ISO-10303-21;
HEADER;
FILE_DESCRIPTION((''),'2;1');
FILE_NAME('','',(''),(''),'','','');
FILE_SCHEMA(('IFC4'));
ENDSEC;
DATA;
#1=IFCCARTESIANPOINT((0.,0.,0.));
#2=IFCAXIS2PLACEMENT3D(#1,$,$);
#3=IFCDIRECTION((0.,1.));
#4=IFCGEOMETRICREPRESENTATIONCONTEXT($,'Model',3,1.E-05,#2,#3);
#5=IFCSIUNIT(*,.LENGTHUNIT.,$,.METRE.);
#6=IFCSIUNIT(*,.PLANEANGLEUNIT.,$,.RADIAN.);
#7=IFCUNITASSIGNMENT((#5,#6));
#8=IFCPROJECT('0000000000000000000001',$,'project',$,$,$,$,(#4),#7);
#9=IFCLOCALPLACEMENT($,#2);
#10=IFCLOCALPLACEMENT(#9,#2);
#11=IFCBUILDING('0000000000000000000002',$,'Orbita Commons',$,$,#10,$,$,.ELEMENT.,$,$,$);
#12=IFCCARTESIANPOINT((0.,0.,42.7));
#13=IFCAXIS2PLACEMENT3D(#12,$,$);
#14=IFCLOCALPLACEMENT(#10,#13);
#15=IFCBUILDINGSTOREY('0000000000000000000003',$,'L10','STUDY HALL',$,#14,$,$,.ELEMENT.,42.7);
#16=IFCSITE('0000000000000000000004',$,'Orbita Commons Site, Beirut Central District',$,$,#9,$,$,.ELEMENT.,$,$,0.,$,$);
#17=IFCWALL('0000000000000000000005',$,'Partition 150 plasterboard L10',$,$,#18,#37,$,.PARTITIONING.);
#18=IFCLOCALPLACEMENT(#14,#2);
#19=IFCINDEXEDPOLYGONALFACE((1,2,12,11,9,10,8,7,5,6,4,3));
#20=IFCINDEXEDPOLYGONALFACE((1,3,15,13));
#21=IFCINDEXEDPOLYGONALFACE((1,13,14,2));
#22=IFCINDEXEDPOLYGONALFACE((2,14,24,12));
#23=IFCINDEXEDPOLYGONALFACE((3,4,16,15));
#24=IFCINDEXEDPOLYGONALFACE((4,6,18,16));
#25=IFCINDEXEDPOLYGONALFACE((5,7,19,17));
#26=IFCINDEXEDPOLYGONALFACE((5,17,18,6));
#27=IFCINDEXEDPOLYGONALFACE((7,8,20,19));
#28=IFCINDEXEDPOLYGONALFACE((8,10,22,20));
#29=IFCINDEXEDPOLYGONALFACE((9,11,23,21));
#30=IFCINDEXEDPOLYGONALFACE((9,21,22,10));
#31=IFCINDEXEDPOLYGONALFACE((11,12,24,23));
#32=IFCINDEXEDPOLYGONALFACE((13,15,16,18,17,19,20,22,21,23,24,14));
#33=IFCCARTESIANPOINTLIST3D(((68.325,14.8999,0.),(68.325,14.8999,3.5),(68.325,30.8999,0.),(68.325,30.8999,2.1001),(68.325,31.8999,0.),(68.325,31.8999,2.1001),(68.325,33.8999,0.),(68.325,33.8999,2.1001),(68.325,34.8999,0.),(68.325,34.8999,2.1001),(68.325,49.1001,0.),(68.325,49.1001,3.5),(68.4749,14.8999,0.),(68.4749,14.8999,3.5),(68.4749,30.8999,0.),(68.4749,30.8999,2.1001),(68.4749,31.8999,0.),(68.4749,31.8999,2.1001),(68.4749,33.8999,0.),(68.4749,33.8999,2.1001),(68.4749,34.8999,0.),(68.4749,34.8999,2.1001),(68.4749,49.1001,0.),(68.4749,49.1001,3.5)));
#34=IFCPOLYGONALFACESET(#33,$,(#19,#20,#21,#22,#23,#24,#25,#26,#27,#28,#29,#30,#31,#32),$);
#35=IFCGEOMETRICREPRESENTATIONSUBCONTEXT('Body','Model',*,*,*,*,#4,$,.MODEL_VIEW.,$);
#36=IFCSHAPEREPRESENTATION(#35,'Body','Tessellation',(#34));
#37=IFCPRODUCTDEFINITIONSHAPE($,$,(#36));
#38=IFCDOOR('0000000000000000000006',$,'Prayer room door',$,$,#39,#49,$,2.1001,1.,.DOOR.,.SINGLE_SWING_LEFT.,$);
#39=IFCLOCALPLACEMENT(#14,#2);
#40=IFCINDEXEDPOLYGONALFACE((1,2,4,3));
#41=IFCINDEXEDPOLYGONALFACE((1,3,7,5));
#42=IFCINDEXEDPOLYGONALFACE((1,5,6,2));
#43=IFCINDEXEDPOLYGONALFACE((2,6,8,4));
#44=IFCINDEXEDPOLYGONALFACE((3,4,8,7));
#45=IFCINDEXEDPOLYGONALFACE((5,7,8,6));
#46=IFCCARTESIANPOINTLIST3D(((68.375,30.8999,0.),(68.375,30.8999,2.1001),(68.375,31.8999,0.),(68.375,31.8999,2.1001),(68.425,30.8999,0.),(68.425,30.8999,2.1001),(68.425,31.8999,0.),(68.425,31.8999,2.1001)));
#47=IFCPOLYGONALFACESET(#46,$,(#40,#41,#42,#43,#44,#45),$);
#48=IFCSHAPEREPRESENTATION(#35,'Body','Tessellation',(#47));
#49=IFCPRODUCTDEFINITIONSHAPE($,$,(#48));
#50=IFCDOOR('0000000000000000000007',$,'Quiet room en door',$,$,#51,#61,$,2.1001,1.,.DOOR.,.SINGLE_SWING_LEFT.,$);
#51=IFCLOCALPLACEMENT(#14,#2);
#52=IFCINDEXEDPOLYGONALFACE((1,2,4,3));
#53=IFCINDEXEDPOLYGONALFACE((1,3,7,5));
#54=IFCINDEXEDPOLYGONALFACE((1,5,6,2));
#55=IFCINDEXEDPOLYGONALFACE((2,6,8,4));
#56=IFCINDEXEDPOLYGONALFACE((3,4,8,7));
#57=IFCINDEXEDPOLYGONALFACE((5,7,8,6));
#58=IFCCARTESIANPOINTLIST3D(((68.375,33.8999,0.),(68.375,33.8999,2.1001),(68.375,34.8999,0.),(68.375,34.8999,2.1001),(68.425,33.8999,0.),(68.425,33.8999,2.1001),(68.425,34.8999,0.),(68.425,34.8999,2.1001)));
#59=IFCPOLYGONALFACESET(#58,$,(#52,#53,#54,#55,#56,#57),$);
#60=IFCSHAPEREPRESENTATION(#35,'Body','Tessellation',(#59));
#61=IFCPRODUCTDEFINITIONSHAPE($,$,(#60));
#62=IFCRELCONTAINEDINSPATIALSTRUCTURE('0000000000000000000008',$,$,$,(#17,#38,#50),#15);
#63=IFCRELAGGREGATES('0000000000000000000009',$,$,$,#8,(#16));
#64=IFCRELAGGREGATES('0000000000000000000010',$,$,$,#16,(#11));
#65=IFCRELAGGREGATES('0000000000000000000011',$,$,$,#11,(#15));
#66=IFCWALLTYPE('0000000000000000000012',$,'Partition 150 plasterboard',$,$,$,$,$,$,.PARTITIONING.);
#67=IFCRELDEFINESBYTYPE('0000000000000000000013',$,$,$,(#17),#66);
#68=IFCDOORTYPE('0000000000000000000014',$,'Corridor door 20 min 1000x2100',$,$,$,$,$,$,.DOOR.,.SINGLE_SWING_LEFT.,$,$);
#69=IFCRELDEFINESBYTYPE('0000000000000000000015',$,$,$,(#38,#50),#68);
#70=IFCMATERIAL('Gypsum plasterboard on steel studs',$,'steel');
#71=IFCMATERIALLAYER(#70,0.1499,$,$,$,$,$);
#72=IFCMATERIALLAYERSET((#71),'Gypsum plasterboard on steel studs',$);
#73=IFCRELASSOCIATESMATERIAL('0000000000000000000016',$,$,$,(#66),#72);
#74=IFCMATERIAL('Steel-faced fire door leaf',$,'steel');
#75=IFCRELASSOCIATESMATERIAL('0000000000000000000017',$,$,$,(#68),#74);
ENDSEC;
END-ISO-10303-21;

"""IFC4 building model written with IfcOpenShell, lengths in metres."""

from ifc_helpers import new_model, si_unit, direction, frame, frame_2d, origin, place, context, subcontext, project, spatial, rectangle, extrude, material, layer, layer_set, type_object, element, fill, save


model = new_model("IFC4")

# Units and contexts
model_context = context("Model", 3, precision=1e-05, world=origin(), true_north=direction((0.0, 1.0)))
body_context = subcontext(model_context, "Body", "Model", "MODEL_VIEW")
ifc_project = project(units=[si_unit("LENGTHUNIT", "METRE"), si_unit("PLANEANGLEUNIT", "RADIAN")], contexts=[model_context])

# Site, building, storey
site_placement = place(None, origin())
site = spatial("IfcSite", under=ifc_project, at=site_placement, Name="Orbita Commons Site, Beirut Central District", CompositionType="ELEMENT", RefElevation=0.0)
building_placement = place(site_placement, origin())
building = spatial("IfcBuilding", under=site, at=building_placement, Name="Orbita Commons", CompositionType="ELEMENT")
storey_placement = place(building_placement, frame((0.0, 0.0, 42.7)))
storey = spatial("IfcBuildingStorey", under=building, at=storey_placement, Name="L10", Description="STUDY HALL", CompositionType="ELEMENT", Elevation=42.7)

# Wall, openings, doors
ifc_material_1 = material(Name="Gypsum plasterboard on steel studs", Category="steel")
ifc_layer_1 = layer(ifc_material_1, 0.1499)
ifc_layer_set_1 = layer_set([ifc_layer_1], Name="Gypsum plasterboard on steel studs")
wall_type_1 = type_object("IfcWallType", Name="Partition 150 plasterboard", PredefinedType="PARTITIONING", material=ifc_layer_set_1)
wall_1_placement = place(storey_placement, frame((68.3999, 14.8999, 0.0), z_axis=(0.0, 0.0, 1.0), x_axis=(0.0, 1.0, 0.0)))
wall_1 = element("IfcWall", 1, at=wall_1_placement, inside=storey, type_object=wall_type_1, Name="Partition 150 plasterboard L10", PredefinedType="PARTITIONING", context=body_context, shape_type="SweptSolid", body=[
    extrude(rectangle(XDim=34.2002, YDim=0.1499, at=frame_2d((17.1001, 0.0))), origin(), (0.0, 0.0, 1.0), 3.5),
])
opening_1_placement = place(wall_1_placement, frame((16.0, 0.0, 0.0)))
opening_1 = element("IfcOpeningElement", 2, at=opening_1_placement, cuts=wall_1, PredefinedType="OPENING", context=body_context, shape_type="SweptSolid", body=[
    extrude(rectangle(XDim=1.0, YDim=2.1001, at=frame_2d((0.5, 1.05))), frame((0.0, 0.085, 0.0), z_axis=(0.0, -1.0, 0.0), x_axis=(1.0, 0.0, 0.0)), (0.0, 0.0, 1.0), 0.1699),
])
opening_2_placement = place(wall_1_placement, frame((19.0, 0.0, 0.0)))
opening_2 = element("IfcOpeningElement", 3, at=opening_2_placement, cuts=wall_1, PredefinedType="OPENING", context=body_context, shape_type="SweptSolid", body=[
    extrude(rectangle(XDim=1.0, YDim=2.1001, at=frame_2d((0.5, 1.05))), frame((0.0, 0.085, 0.0), z_axis=(0.0, -1.0, 0.0), x_axis=(1.0, 0.0, 0.0)), (0.0, 0.0, 1.0), 0.1699),
])
ifc_material_2 = material(Name="Steel-faced fire door leaf", Category="steel")
door_type_1 = type_object("IfcDoorType", Name="Corridor door 20 min 1000x2100", OperationType="SINGLE_SWING_LEFT", PredefinedType="DOOR", material=ifc_material_2)
door_1_placement = place(opening_1_placement, origin())
door_1 = element("IfcDoor", 4, at=door_1_placement, inside=storey, type_object=door_type_1, Name="Prayer room door", OperationType="SINGLE_SWING_LEFT", OverallHeight=2.1001, OverallWidth=1.0, PredefinedType="DOOR", context=body_context, shape_type="SweptSolid", body=[
    extrude(rectangle(XDim=1.0, YDim=2.1001, at=frame_2d((0.5, 1.05))), frame((0.0, 0.0249, 0.0), z_axis=(0.0, -1.0, 0.0), x_axis=(1.0, 0.0, 0.0)), (0.0, 0.0, 1.0), 0.05),
])
fill(opening_1, door_1)
door_2_placement = place(opening_2_placement, origin())
door_2 = element("IfcDoor", 5, at=door_2_placement, inside=storey, type_object=door_type_1, Name="Quiet room en door", OperationType="SINGLE_SWING_LEFT", OverallHeight=2.1001, OverallWidth=1.0, PredefinedType="DOOR", context=body_context, shape_type="SweptSolid", body=[
    extrude(rectangle(XDim=1.0, YDim=2.1001, at=frame_2d((0.5, 1.05))), frame((0.0, 0.0249, 0.0), z_axis=(0.0, -1.0, 0.0), x_axis=(1.0, 0.0, 0.0)), (0.0, 0.0, 1.0), 0.05),
])
fill(opening_2, door_2)

save(model, "model.ifc")
